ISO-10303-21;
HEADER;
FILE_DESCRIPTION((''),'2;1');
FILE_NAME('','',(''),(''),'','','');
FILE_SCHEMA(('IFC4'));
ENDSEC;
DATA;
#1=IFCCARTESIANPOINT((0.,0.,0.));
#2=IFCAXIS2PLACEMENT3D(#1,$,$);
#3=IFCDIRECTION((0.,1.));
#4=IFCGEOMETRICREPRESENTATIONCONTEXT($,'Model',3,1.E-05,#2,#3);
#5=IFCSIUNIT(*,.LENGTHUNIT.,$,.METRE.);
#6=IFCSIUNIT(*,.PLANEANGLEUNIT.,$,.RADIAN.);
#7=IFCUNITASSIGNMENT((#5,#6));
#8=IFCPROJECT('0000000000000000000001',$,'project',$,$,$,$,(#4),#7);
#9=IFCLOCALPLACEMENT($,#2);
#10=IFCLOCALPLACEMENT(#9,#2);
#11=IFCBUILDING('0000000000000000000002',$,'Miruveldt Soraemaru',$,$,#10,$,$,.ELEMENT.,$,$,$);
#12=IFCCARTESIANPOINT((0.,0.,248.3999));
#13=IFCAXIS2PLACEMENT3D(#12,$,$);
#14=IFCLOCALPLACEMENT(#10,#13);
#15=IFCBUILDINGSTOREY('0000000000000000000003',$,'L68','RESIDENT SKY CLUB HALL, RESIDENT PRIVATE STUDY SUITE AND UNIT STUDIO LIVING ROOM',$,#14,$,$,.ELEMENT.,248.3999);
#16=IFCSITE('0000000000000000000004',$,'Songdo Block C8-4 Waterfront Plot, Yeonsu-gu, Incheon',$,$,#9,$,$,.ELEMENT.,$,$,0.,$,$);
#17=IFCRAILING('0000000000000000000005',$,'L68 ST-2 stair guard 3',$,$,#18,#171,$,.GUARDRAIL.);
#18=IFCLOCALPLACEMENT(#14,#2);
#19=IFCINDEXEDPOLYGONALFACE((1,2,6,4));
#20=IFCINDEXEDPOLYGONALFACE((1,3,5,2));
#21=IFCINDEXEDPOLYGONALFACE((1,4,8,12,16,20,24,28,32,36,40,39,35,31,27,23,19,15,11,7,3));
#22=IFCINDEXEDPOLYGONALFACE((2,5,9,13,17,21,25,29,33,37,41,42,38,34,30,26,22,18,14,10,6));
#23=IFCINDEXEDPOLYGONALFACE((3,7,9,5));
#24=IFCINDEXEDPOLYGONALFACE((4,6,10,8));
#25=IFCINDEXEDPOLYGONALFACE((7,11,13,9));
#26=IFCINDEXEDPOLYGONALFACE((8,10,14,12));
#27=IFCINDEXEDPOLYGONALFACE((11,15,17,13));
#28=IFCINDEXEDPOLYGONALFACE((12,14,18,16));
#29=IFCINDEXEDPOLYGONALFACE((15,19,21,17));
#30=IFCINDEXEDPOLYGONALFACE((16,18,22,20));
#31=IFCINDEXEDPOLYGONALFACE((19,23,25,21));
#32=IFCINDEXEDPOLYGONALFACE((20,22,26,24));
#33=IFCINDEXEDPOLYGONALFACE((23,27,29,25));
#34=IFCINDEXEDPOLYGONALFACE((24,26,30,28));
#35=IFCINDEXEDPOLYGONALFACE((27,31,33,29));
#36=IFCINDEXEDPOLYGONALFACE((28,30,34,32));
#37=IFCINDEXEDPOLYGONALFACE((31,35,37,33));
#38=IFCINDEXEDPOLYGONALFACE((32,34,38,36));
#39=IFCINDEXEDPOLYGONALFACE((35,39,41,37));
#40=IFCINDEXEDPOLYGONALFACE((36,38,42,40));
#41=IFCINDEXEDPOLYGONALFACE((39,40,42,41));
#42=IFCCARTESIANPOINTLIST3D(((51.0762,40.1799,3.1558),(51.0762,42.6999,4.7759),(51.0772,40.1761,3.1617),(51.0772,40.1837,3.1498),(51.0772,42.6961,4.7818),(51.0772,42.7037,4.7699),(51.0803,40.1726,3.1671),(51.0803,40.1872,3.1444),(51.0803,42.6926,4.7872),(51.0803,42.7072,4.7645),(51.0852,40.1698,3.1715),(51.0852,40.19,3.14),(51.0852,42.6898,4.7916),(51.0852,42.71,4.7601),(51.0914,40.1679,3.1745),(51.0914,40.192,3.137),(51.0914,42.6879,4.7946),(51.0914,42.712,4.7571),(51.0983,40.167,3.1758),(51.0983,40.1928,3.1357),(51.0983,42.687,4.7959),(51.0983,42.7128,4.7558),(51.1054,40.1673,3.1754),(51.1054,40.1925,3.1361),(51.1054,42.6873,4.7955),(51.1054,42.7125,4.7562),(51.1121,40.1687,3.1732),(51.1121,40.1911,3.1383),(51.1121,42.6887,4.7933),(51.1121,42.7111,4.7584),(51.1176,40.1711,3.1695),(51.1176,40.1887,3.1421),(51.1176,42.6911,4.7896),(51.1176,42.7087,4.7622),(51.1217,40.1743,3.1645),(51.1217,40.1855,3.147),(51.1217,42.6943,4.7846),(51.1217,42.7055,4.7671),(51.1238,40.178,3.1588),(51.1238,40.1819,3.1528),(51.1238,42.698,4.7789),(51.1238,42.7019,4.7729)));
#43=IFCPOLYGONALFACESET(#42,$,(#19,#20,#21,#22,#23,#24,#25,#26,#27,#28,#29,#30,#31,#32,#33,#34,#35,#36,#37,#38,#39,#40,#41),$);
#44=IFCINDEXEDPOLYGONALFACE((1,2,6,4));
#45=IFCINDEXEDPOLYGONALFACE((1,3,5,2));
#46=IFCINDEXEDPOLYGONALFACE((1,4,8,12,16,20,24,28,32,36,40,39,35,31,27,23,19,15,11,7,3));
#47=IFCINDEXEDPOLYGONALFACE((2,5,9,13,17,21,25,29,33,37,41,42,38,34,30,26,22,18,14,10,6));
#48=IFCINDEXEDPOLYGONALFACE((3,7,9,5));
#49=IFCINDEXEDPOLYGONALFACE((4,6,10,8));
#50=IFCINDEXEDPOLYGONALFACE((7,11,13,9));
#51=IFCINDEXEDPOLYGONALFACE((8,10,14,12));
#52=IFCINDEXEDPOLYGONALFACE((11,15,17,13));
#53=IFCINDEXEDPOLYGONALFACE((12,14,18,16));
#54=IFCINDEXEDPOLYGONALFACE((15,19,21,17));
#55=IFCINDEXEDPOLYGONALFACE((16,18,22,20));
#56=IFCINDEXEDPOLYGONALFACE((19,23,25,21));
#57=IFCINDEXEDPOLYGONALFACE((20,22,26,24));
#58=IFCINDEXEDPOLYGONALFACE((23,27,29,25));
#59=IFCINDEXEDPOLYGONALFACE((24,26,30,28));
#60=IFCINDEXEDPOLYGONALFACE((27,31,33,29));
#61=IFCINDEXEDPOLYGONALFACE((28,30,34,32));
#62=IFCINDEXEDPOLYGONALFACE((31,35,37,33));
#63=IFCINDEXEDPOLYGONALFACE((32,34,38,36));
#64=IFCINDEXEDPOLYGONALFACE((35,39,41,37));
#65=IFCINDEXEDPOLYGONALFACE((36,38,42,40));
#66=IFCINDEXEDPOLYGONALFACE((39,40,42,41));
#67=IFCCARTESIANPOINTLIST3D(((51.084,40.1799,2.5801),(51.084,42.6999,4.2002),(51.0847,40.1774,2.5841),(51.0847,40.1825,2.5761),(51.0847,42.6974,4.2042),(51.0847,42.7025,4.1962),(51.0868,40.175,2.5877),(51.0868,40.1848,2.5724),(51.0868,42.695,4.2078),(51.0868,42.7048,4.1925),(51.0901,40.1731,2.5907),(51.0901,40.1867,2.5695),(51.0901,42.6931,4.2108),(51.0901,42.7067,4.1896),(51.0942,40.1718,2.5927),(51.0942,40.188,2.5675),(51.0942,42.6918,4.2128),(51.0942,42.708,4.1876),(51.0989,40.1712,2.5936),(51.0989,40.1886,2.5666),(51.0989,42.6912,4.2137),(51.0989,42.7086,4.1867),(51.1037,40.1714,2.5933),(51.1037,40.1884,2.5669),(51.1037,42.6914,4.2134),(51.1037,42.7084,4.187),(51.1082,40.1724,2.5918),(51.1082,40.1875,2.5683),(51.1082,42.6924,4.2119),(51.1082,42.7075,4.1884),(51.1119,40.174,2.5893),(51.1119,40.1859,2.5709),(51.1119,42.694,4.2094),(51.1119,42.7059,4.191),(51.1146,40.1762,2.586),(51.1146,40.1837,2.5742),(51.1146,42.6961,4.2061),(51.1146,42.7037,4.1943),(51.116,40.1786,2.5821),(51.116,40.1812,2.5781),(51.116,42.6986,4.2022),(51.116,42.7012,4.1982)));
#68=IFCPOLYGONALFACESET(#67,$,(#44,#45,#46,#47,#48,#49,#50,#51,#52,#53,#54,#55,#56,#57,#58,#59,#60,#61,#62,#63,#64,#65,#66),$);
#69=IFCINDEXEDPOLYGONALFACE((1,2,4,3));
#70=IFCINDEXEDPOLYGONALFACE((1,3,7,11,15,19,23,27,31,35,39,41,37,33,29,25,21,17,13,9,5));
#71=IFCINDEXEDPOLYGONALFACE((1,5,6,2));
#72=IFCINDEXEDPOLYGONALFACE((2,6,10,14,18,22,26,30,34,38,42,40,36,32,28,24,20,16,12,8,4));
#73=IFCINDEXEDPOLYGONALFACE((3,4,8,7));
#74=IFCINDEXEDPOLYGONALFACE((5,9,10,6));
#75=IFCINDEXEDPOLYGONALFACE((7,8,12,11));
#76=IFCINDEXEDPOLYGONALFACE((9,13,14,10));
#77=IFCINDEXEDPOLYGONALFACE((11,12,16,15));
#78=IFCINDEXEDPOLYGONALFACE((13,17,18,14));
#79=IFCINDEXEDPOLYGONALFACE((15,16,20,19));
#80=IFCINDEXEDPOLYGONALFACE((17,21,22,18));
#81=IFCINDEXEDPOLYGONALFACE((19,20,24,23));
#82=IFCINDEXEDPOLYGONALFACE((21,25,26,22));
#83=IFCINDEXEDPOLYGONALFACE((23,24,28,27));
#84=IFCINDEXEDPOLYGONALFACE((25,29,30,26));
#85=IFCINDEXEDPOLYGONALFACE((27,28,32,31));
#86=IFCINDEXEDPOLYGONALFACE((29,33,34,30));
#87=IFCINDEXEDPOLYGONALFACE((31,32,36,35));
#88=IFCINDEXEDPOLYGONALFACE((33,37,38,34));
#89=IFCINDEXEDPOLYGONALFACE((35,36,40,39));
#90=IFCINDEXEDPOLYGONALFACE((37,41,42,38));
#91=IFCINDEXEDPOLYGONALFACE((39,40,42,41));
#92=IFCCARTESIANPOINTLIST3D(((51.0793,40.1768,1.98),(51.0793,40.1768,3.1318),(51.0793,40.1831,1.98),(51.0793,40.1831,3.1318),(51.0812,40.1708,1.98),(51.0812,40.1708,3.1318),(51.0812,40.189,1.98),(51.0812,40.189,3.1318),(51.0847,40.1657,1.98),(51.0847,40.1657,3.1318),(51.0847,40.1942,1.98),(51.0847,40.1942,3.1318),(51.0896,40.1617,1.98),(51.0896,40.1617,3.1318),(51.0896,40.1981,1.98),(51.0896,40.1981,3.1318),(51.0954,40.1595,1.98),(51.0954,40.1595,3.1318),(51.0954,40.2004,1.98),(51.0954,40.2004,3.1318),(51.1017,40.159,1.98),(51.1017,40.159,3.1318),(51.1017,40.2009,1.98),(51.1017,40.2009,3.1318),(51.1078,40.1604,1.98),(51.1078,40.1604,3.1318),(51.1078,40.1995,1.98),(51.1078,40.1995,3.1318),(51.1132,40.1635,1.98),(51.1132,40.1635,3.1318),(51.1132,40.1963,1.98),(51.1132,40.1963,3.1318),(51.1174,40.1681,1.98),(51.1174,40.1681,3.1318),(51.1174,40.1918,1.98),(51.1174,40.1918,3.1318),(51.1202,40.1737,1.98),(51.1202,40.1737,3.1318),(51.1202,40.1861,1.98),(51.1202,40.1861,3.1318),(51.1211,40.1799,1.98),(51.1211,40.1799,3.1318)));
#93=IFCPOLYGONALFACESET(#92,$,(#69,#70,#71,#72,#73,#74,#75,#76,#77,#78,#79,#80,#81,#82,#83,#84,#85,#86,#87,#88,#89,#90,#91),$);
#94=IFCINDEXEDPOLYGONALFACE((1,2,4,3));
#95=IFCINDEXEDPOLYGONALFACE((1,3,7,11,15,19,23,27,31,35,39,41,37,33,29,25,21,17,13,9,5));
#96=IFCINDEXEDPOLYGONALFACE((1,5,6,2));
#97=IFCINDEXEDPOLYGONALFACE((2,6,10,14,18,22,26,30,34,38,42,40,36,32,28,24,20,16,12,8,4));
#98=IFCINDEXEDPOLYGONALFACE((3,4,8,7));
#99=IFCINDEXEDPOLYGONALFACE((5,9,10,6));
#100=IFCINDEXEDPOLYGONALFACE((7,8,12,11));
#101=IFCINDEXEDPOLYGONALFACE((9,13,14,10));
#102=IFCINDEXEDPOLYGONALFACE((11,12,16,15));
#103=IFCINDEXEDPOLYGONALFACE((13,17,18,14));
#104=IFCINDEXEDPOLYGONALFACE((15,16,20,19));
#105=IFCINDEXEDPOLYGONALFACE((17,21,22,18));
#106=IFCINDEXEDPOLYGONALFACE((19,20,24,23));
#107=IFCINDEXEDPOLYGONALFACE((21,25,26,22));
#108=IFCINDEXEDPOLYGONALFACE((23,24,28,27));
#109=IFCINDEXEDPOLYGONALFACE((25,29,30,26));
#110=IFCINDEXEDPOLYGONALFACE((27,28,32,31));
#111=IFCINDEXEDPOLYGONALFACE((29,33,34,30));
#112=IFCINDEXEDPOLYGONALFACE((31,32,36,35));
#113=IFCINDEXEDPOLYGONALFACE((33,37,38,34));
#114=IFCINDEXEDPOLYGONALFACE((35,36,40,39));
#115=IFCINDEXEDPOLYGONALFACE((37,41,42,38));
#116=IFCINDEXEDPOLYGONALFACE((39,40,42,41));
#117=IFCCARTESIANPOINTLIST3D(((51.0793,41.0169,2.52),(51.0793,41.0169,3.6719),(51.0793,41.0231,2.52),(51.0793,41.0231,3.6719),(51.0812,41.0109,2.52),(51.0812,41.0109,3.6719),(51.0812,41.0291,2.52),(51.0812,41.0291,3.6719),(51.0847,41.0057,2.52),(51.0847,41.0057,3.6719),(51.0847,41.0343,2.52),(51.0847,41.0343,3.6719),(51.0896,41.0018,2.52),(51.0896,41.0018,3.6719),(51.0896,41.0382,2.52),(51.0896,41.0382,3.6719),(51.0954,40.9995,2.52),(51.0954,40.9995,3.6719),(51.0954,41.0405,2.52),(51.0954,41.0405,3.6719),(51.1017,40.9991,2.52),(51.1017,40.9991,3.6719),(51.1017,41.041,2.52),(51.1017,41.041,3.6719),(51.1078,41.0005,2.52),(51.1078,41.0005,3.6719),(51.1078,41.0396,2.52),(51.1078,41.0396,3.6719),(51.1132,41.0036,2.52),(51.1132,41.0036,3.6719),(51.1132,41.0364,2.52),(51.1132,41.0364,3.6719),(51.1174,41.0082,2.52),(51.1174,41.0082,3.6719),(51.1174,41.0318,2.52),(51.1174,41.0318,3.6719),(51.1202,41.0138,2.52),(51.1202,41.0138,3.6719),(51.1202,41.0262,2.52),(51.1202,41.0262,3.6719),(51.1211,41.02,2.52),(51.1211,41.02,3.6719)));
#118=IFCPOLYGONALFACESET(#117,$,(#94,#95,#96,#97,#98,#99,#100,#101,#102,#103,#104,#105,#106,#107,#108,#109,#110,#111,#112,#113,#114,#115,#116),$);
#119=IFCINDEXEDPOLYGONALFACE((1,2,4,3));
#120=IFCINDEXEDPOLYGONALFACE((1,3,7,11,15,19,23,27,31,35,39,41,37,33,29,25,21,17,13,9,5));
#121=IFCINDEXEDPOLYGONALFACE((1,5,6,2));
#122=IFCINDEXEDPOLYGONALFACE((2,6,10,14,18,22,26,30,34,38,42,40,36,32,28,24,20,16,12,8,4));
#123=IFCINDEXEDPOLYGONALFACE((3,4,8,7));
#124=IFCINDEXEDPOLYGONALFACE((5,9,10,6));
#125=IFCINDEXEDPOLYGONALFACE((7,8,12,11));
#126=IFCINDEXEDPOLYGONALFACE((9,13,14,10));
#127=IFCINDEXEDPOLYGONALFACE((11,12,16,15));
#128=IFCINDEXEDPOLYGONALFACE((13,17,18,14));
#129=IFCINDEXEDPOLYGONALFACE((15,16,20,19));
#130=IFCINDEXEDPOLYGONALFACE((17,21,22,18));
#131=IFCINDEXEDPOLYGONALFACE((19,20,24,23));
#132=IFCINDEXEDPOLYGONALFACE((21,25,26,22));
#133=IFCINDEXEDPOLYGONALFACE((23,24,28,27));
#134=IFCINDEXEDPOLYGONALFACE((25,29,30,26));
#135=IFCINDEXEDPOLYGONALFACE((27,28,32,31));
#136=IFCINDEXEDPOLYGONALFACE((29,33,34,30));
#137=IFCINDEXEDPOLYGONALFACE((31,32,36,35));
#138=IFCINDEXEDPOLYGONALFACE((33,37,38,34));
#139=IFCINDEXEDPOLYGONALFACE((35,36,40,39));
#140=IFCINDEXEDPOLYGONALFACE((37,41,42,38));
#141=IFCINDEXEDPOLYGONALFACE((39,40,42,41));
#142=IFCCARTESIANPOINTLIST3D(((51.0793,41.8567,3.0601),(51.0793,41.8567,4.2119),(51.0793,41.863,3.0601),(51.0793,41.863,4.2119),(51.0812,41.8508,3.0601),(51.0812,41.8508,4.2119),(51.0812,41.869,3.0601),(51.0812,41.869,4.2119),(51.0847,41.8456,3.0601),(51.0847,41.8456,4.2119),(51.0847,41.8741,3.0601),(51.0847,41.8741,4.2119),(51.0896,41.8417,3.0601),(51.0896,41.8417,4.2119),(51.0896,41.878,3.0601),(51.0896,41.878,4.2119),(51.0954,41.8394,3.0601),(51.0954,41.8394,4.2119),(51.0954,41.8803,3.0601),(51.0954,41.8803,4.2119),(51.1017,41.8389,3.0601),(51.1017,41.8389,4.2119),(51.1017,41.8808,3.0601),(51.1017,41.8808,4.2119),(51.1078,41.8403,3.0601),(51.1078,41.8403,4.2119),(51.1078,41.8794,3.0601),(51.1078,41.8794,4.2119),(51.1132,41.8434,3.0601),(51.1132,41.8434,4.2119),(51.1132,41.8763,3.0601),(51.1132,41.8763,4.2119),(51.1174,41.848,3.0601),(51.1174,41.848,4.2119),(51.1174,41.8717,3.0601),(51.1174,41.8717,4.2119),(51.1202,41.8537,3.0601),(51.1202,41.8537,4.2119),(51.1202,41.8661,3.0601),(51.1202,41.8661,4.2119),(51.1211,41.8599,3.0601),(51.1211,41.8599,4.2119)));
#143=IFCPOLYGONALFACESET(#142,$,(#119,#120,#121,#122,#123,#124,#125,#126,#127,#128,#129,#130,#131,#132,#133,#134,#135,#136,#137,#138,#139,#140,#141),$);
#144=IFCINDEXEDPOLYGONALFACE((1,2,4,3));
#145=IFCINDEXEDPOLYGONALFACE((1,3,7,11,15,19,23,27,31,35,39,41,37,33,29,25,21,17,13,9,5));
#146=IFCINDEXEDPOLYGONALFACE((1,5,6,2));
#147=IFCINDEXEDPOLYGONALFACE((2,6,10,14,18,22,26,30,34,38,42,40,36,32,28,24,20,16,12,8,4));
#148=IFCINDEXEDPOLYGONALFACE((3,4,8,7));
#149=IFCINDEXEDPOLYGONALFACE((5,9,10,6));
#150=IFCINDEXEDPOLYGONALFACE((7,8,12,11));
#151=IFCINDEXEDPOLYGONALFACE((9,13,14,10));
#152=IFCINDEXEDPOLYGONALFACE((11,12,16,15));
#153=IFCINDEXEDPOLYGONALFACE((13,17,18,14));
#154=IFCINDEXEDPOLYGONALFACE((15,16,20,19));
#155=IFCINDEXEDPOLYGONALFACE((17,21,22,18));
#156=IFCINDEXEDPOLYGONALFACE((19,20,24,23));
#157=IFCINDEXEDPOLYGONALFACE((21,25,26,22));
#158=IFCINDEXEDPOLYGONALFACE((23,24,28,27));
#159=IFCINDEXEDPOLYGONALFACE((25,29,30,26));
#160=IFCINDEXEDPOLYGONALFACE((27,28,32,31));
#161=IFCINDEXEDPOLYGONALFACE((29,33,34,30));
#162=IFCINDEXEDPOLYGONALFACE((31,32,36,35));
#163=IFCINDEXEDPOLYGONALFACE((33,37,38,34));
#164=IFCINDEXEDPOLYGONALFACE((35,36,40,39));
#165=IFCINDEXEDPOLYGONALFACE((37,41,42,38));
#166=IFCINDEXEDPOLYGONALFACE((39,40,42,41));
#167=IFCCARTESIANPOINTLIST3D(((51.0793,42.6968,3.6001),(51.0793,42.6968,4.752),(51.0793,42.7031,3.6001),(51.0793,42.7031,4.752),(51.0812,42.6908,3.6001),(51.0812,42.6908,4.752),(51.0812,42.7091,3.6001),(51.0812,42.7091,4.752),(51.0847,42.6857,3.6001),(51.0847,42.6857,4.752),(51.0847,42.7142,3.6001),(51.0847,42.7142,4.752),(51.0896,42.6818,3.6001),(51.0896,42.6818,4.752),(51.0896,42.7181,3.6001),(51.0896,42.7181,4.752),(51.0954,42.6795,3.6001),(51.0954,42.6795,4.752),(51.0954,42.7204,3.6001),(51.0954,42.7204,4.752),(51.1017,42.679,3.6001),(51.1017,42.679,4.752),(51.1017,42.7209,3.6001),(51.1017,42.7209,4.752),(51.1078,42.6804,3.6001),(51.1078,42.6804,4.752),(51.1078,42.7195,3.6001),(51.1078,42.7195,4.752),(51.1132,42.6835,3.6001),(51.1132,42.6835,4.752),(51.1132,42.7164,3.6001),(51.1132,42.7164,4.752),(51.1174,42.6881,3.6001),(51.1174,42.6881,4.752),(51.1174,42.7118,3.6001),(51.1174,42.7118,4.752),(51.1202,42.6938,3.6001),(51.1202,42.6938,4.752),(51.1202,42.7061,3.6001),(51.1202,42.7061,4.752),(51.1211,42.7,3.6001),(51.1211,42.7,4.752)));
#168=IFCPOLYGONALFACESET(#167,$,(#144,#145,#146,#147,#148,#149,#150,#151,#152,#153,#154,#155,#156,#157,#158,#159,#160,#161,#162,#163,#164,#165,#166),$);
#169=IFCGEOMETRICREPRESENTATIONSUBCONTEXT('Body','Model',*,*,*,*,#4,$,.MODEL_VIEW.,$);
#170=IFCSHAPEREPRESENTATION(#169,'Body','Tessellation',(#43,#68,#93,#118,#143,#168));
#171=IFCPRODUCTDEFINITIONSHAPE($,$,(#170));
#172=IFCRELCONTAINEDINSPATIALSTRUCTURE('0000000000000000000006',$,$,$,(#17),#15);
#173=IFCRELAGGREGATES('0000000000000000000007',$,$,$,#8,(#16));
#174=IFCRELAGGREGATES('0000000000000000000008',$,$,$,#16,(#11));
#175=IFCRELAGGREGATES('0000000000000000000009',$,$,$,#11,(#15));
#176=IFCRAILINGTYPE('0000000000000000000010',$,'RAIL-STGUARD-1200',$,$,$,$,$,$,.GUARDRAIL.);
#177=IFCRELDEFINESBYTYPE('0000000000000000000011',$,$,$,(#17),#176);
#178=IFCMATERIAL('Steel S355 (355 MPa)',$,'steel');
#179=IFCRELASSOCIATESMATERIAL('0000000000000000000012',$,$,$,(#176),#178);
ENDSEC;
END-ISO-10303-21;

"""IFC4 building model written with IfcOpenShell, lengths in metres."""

from ifc_helpers import new_model, si_unit, direction, frame, origin, origin_2d, place, context, subcontext, project, spatial, circle, extrude, material, type_object, element, save


model = new_model("IFC4")

# Units and contexts
model_context = context("Model", 3, precision=1e-05, world=origin(), true_north=direction((0.0, 1.0)))
body_context = subcontext(model_context, "Body", "Model", "MODEL_VIEW")
ifc_project = project(units=[si_unit("LENGTHUNIT", "METRE"), si_unit("PLANEANGLEUNIT", "RADIAN")], contexts=[model_context])

# Site, building, storey
site_placement = place(None, origin())
site = spatial("IfcSite", under=ifc_project, at=site_placement, Name="Songdo Block C8-4 Waterfront Plot, Yeonsu-gu, Incheon", CompositionType="ELEMENT", RefElevation=0.0)
building_placement = place(site_placement, origin())
building = spatial("IfcBuilding", under=site, at=building_placement, Name="Miruveldt Soraemaru", CompositionType="ELEMENT")
storey_placement = place(building_placement, frame((0.0, 0.0, 248.3999)))
storey = spatial("IfcBuildingStorey", under=building, at=storey_placement, Name="L68", Description="RESIDENT SKY CLUB HALL, RESIDENT PRIVATE STUDY SUITE AND UNIT STUDIO LIVING ROOM", CompositionType="ELEMENT", Elevation=248.3999)

# Railing
ifc_material_1 = material(Name="Steel S355 (355 MPa)", Category="steel")
railing_type_1 = type_object("IfcRailingType", Name="RAIL-STGUARD-1200", PredefinedType="GUARDRAIL", material=ifc_material_1)
railing_1_placement = place(storey_placement, frame((51.1001, 40.1799, 1.98)))
element("IfcRailing", 1, at=railing_1_placement, inside=storey, type_object=railing_type_1, Name="L68 ST-2 stair guard 3", PredefinedType="GUARDRAIL", context=body_context, shape_type="SweptSolid", body=[
    extrude(circle(Radius=0.0239, at=origin_2d()), frame((0.0, 0.0, 1.1758), z_axis=(0.0, 0.841163, 0.540782), x_axis=(-1.0, 0.0, 0.0)), (0.0, 0.0, 1.0), 2.9958),
    extrude(circle(Radius=0.0161, at=origin_2d()), frame((0.0, 0.0, 0.6001), z_axis=(0.0, 0.841163, 0.540782), x_axis=(-1.0, 0.0, 0.0)), (0.0, 0.0, 1.0), 2.9958),
    extrude(circle(Radius=0.021, at=origin_2d()), origin(), (0.0, 0.0, 1.0), 1.1519),
    extrude(circle(Radius=0.021, at=origin_2d()), frame((0.0, 0.8401, 0.54)), (0.0, 0.0, 1.0), 1.1519),
    extrude(circle(Radius=0.021, at=origin_2d()), frame((0.0, 1.6799, 1.0801)), (0.0, 0.0, 1.0), 1.1519),
    extrude(circle(Radius=0.021, at=origin_2d()), frame((0.0, 2.52, 1.6201)), (0.0, 0.0, 1.0), 1.1519),
])

save(model, "model.ifc")
